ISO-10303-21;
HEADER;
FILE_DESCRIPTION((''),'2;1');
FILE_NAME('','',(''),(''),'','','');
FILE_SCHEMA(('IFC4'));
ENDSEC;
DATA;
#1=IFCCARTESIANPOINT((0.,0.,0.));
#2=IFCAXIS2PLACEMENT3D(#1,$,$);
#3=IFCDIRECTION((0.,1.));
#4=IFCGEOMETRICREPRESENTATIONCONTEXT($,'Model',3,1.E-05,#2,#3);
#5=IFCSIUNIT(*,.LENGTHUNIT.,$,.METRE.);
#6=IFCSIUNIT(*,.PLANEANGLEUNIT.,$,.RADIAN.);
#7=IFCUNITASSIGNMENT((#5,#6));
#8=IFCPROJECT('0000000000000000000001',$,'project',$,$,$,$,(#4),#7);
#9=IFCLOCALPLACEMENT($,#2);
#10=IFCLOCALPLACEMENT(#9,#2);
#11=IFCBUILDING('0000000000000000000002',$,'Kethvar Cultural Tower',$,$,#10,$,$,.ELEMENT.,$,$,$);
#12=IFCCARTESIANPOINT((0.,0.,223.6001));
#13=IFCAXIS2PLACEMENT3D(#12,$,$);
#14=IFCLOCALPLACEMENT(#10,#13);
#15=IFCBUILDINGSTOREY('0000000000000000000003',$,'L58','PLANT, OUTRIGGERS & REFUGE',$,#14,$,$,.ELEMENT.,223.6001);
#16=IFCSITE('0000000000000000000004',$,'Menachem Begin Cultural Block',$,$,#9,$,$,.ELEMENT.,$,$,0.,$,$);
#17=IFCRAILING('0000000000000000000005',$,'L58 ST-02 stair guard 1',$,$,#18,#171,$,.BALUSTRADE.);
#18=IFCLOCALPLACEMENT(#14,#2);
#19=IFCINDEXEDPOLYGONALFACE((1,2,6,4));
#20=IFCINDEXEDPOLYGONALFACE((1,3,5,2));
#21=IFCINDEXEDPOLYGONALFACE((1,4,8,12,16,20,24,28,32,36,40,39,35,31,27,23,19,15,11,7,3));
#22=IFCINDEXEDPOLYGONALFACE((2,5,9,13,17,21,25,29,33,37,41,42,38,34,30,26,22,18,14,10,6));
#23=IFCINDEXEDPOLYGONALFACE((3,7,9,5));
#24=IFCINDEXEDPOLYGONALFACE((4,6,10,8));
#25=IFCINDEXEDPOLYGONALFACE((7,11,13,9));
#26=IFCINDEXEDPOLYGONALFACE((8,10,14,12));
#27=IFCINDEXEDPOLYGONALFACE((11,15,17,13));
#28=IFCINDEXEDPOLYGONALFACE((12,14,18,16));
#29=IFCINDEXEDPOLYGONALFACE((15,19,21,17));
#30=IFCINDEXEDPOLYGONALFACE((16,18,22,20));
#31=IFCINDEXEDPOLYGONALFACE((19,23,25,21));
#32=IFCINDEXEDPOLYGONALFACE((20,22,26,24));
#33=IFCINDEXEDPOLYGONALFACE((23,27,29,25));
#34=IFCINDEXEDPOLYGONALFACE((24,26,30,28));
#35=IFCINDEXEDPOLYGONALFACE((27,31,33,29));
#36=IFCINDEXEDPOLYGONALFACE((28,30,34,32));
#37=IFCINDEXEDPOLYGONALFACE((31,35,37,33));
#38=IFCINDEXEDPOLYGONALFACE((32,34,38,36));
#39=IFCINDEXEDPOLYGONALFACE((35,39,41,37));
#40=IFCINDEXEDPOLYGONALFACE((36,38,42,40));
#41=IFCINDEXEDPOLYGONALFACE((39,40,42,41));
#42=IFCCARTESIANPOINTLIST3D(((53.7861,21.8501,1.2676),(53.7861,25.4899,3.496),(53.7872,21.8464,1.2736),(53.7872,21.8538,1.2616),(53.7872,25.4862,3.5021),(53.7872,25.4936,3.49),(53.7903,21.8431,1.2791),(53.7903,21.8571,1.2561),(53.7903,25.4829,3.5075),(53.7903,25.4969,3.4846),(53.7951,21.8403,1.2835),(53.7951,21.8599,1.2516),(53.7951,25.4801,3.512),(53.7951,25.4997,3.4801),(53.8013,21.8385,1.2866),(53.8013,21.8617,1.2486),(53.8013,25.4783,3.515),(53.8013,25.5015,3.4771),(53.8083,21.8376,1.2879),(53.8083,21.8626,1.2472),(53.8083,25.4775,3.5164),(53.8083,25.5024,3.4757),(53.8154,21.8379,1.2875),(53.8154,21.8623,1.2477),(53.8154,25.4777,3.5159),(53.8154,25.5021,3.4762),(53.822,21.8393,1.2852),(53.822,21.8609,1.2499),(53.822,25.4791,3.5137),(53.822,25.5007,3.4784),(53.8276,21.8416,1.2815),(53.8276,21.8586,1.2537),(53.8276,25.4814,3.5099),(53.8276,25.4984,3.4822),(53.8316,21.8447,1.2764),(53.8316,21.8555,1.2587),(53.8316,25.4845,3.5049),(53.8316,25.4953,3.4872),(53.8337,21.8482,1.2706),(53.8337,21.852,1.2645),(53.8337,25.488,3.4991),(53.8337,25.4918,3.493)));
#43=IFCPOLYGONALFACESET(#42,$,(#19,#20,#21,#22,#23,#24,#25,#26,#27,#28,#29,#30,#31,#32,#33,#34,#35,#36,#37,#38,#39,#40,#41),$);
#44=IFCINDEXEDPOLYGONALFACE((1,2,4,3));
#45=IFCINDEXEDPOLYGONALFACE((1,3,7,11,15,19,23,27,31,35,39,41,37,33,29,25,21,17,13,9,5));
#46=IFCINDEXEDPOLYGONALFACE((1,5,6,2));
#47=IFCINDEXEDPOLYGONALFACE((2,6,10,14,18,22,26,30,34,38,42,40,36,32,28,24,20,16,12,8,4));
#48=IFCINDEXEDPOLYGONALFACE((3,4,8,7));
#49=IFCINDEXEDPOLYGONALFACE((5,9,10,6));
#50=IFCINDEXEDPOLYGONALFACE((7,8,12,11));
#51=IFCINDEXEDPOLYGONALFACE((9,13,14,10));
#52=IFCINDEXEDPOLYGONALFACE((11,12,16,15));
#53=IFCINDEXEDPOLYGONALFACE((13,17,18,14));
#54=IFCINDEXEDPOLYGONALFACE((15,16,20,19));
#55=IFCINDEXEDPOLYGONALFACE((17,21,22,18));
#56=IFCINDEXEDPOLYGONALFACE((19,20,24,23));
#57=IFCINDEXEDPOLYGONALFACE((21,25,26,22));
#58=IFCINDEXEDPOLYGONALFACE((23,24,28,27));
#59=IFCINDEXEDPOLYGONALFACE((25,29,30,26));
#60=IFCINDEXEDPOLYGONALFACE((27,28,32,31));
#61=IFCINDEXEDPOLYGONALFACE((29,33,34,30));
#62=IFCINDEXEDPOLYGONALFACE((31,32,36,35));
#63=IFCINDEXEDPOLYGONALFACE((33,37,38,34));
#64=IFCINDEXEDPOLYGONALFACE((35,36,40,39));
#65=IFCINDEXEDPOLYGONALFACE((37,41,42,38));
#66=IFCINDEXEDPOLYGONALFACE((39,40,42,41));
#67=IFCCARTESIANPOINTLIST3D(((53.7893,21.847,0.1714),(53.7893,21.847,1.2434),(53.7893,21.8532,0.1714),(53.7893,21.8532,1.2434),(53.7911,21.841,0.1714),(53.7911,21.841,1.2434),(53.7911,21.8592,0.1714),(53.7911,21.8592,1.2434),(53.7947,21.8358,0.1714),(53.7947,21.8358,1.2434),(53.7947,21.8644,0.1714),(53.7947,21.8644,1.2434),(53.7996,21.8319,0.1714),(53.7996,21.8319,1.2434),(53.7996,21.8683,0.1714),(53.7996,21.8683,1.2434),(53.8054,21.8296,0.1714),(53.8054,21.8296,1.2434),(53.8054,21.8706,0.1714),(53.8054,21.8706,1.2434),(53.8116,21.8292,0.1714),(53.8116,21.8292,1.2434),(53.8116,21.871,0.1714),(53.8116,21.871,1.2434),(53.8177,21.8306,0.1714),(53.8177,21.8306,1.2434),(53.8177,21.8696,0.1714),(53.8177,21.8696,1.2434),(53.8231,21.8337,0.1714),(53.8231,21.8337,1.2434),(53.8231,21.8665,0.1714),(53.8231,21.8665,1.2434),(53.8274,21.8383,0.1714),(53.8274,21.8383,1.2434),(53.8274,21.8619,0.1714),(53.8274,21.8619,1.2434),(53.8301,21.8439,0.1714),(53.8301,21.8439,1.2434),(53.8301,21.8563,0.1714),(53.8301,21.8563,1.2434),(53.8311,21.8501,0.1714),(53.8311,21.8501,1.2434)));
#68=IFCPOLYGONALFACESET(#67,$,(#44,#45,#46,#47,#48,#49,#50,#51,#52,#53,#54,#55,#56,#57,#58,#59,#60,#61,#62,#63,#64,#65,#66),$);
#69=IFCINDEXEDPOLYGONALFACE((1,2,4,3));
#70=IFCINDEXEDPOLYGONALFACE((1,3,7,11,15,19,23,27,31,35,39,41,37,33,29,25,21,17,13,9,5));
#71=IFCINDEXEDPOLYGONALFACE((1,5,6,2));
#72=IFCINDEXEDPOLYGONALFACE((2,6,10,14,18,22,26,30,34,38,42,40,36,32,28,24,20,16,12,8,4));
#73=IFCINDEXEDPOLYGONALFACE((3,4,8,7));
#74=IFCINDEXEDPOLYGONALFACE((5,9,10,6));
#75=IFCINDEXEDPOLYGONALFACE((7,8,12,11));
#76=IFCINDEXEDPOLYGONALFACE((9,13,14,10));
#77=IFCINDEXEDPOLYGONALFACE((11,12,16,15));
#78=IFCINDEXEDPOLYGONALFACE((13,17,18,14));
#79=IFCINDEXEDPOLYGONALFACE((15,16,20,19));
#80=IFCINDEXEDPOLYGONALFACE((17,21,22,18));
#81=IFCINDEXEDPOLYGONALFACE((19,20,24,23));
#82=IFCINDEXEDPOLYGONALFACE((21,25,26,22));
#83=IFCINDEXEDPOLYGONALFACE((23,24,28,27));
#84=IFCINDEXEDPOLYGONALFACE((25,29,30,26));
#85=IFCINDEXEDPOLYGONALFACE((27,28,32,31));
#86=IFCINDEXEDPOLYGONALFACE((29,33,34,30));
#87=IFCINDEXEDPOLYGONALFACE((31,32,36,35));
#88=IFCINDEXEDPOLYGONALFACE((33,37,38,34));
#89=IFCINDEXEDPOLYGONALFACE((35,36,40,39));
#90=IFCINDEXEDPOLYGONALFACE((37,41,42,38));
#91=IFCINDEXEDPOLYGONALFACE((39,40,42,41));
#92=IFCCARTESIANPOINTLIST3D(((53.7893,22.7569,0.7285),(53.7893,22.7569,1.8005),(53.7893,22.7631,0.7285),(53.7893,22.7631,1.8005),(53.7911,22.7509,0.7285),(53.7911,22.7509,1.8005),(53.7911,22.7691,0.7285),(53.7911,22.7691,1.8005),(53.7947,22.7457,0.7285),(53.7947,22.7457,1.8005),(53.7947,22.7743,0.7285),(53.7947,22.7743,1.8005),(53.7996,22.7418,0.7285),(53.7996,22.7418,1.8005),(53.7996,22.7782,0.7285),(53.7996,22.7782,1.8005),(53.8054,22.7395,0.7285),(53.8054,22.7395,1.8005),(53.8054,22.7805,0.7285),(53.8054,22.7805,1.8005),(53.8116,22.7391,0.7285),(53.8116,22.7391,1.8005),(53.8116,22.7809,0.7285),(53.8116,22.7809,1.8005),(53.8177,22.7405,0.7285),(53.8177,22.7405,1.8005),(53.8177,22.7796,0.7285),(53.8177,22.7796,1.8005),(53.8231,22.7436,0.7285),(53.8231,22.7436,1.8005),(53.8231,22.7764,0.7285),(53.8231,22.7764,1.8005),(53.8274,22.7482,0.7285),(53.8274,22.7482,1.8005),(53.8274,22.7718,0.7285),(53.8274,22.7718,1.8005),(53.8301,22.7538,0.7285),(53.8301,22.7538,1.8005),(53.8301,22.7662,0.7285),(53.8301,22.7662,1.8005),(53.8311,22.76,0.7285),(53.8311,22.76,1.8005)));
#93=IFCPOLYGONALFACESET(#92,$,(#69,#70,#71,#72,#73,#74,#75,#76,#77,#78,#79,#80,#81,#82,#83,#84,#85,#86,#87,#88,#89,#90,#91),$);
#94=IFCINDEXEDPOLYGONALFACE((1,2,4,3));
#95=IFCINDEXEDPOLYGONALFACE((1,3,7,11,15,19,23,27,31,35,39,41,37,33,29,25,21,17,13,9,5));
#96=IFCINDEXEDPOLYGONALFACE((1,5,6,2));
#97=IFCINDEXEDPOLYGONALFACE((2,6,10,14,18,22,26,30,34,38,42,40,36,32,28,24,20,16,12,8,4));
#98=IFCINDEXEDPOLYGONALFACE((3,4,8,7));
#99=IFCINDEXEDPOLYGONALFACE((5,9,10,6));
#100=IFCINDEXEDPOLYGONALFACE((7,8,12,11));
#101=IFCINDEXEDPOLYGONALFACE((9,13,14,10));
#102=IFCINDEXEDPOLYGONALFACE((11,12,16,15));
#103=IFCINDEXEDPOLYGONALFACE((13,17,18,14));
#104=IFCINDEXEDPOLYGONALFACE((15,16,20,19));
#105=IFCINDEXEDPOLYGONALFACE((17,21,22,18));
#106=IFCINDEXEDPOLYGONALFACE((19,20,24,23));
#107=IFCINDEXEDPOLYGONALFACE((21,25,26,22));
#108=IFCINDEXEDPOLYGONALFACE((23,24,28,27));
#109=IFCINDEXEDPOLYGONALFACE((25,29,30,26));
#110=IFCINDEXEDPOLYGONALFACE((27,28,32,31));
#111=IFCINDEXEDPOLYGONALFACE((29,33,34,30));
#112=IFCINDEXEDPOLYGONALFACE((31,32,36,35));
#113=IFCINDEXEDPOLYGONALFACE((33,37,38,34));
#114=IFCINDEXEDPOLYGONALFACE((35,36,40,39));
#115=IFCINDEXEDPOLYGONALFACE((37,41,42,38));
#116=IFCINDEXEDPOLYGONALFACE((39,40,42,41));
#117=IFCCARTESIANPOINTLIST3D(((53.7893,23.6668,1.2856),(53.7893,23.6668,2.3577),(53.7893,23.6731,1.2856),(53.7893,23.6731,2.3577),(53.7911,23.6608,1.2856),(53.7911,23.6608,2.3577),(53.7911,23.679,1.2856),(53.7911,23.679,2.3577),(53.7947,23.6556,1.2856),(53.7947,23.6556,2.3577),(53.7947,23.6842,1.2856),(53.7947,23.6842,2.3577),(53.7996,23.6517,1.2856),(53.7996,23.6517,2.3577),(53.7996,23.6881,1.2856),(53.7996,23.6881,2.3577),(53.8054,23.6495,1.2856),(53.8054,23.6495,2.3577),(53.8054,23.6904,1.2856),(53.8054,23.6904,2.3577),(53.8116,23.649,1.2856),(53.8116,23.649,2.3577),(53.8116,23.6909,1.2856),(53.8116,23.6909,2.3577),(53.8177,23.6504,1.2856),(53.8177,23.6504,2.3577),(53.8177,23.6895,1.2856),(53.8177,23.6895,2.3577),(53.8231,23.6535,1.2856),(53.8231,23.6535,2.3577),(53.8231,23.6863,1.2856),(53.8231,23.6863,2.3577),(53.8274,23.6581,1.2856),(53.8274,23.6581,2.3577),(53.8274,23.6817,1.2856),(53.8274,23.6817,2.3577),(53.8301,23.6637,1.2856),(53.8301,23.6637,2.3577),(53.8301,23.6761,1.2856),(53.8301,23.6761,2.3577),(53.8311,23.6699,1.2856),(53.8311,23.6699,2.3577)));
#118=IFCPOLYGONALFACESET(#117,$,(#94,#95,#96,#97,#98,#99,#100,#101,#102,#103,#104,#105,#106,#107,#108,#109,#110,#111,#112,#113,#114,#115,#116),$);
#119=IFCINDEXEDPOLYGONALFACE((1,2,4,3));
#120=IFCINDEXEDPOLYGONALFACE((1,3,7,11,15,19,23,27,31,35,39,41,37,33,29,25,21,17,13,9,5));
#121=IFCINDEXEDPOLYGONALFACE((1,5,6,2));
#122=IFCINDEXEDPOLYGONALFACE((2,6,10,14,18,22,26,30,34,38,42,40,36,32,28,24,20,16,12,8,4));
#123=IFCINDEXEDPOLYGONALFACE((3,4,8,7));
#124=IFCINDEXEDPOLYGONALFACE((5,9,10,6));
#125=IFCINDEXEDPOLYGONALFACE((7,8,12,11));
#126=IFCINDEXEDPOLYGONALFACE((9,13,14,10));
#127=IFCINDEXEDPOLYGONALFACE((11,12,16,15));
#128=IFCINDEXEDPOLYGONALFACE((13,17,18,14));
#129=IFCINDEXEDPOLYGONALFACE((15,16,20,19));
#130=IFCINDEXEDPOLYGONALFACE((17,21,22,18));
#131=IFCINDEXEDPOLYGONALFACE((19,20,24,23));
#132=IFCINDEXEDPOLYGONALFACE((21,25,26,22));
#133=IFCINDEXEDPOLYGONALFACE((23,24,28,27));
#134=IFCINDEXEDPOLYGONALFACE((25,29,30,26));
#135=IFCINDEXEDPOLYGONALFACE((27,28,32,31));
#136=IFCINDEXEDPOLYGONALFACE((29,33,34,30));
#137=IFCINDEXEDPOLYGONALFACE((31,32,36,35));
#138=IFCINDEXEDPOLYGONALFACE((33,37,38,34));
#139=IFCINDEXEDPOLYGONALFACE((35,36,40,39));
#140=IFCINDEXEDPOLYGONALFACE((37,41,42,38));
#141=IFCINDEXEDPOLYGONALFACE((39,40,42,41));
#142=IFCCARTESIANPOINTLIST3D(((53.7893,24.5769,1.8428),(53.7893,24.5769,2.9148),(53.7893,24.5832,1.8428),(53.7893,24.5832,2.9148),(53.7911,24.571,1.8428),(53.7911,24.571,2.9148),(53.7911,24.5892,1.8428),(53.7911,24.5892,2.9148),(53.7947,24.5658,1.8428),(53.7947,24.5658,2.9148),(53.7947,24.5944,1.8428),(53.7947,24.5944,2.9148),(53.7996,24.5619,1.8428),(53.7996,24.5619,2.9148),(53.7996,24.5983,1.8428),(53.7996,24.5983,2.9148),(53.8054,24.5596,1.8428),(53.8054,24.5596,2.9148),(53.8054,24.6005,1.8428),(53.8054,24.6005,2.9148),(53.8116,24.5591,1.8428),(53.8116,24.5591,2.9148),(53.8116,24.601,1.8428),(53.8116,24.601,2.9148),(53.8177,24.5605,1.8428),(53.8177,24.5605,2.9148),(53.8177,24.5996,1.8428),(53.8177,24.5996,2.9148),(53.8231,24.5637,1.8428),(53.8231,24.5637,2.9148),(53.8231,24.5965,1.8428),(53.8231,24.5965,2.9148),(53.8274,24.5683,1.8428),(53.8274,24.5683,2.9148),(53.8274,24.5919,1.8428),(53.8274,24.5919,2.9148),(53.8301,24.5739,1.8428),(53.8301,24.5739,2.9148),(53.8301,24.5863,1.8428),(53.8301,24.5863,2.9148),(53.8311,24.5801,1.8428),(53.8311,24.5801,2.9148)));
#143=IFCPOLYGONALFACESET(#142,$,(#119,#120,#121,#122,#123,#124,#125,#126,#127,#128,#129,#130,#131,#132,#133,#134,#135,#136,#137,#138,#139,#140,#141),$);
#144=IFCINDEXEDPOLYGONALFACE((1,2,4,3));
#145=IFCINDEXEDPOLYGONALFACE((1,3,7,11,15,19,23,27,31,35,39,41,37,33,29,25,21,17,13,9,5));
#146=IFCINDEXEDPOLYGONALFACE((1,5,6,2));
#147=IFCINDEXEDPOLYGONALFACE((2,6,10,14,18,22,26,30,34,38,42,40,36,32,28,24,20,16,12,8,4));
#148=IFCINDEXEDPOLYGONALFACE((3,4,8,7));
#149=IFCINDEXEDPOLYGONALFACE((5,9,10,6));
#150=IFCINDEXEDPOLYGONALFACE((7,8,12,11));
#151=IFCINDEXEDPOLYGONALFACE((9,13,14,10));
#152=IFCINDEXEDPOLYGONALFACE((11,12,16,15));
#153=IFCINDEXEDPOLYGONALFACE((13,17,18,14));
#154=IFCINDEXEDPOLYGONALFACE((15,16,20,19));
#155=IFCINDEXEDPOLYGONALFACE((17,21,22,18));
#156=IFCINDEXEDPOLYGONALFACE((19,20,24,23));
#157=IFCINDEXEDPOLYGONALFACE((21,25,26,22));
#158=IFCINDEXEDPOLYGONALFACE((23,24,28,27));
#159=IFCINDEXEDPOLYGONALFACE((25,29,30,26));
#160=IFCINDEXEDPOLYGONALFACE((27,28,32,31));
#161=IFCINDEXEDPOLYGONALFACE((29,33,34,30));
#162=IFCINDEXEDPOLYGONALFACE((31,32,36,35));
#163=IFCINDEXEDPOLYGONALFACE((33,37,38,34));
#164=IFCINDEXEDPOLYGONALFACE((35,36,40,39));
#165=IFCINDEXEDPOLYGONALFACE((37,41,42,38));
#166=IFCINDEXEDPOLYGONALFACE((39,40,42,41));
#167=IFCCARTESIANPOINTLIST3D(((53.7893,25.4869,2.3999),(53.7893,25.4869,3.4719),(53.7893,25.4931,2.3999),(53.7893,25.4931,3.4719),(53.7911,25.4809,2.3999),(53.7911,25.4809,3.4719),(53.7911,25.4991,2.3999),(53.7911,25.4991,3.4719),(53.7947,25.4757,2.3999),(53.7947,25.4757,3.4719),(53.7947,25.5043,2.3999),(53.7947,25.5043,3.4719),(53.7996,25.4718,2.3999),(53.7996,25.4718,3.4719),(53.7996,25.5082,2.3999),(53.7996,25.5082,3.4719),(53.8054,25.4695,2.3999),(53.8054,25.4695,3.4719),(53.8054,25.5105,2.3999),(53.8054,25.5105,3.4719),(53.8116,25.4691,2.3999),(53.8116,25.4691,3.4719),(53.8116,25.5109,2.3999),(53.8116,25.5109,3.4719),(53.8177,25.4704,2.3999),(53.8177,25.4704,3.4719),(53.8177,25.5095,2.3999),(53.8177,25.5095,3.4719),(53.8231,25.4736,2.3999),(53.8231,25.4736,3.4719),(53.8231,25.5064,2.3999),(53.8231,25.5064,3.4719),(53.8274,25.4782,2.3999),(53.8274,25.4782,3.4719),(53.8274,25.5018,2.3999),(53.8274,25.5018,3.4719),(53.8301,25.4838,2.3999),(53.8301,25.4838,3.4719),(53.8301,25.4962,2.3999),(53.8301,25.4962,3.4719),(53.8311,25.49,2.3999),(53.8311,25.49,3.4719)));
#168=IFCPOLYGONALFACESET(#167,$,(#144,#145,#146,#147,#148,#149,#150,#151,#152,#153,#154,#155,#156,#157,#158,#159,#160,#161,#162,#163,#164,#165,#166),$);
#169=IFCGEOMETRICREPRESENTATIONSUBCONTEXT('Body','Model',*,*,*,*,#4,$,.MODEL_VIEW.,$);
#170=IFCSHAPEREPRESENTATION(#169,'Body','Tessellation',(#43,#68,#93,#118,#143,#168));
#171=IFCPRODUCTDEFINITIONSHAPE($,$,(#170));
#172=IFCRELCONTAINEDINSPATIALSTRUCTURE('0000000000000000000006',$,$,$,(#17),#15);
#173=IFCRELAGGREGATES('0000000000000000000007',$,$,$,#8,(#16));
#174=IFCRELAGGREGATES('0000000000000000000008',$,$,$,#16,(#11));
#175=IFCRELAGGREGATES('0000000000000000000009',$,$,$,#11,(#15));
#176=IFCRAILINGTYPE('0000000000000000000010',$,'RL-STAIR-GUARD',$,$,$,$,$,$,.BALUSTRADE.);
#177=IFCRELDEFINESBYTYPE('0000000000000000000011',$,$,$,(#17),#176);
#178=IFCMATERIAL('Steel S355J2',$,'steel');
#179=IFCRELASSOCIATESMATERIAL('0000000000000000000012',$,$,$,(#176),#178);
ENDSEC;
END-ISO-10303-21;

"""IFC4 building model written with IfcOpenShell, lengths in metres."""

from ifc_helpers import new_model, si_unit, direction, frame, origin, origin_2d, place, context, subcontext, project, spatial, circle, extrude, material, type_object, element, save


model = new_model("IFC4")

# Units and contexts
model_context = context("Model", 3, precision=1e-05, world=origin(), true_north=direction((0.0, 1.0)))
body_context = subcontext(model_context, "Body", "Model", "MODEL_VIEW")
ifc_project = project(units=[si_unit("LENGTHUNIT", "METRE"), si_unit("PLANEANGLEUNIT", "RADIAN")], contexts=[model_context])

# Site, building, storey
site_placement = place(None, origin())
site = spatial("IfcSite", under=ifc_project, at=site_placement, Name="Menachem Begin Cultural Block", CompositionType="ELEMENT", RefElevation=0.0)
building_placement = place(site_placement, origin())
building = spatial("IfcBuilding", under=site, at=building_placement, Name="Kethvar Cultural Tower", CompositionType="ELEMENT")
storey_placement = place(building_placement, frame((0.0, 0.0, 223.6001)))
storey = spatial("IfcBuildingStorey", under=building, at=storey_placement, Name="L58", Description="PLANT, OUTRIGGERS & REFUGE", CompositionType="ELEMENT", Elevation=223.6001)

# Railing
ifc_material_1 = material(Name="Steel S355J2", Category="steel")
railing_type_1 = type_object("IfcRailingType", Name="RL-STAIR-GUARD", PredefinedType="BALUSTRADE", material=ifc_material_1)
railing_1_placement = place(storey_placement, frame((53.8101, 21.8501, 0.1714)))
element("IfcRailing", 1, at=railing_1_placement, inside=storey, type_object=railing_type_1, Name="L58 ST-02 stair guard 1", PredefinedType="BALUSTRADE", context=body_context, shape_type="SweptSolid", body=[
    extrude(circle(Radius=0.0239, at=origin_2d()), frame((0.0, 0.0, 1.0962), z_axis=(0.0, 0.85285, 0.522156), x_axis=(-1.0, 0.0, 0.0)), (0.0, 0.0, 1.0), 4.2678),
    extrude(circle(Radius=0.021, at=origin_2d()), origin(), (0.0, 0.0, 1.0), 1.072),
    extrude(circle(Radius=0.021, at=origin_2d()), frame((0.0, 0.9099, 0.5571)), (0.0, 0.0, 1.0), 1.072),
    extrude(circle(Radius=0.021, at=origin_2d()), frame((0.0, 1.8198, 1.1143)), (0.0, 0.0, 1.0), 1.072),
    extrude(circle(Radius=0.021, at=origin_2d()), frame((0.0, 2.73, 1.6714)), (0.0, 0.0, 1.0), 1.072),
    extrude(circle(Radius=0.021, at=origin_2d()), frame((0.0, 3.6399, 2.2285)), (0.0, 0.0, 1.0), 1.072),
])

save(model, "model.ifc")
